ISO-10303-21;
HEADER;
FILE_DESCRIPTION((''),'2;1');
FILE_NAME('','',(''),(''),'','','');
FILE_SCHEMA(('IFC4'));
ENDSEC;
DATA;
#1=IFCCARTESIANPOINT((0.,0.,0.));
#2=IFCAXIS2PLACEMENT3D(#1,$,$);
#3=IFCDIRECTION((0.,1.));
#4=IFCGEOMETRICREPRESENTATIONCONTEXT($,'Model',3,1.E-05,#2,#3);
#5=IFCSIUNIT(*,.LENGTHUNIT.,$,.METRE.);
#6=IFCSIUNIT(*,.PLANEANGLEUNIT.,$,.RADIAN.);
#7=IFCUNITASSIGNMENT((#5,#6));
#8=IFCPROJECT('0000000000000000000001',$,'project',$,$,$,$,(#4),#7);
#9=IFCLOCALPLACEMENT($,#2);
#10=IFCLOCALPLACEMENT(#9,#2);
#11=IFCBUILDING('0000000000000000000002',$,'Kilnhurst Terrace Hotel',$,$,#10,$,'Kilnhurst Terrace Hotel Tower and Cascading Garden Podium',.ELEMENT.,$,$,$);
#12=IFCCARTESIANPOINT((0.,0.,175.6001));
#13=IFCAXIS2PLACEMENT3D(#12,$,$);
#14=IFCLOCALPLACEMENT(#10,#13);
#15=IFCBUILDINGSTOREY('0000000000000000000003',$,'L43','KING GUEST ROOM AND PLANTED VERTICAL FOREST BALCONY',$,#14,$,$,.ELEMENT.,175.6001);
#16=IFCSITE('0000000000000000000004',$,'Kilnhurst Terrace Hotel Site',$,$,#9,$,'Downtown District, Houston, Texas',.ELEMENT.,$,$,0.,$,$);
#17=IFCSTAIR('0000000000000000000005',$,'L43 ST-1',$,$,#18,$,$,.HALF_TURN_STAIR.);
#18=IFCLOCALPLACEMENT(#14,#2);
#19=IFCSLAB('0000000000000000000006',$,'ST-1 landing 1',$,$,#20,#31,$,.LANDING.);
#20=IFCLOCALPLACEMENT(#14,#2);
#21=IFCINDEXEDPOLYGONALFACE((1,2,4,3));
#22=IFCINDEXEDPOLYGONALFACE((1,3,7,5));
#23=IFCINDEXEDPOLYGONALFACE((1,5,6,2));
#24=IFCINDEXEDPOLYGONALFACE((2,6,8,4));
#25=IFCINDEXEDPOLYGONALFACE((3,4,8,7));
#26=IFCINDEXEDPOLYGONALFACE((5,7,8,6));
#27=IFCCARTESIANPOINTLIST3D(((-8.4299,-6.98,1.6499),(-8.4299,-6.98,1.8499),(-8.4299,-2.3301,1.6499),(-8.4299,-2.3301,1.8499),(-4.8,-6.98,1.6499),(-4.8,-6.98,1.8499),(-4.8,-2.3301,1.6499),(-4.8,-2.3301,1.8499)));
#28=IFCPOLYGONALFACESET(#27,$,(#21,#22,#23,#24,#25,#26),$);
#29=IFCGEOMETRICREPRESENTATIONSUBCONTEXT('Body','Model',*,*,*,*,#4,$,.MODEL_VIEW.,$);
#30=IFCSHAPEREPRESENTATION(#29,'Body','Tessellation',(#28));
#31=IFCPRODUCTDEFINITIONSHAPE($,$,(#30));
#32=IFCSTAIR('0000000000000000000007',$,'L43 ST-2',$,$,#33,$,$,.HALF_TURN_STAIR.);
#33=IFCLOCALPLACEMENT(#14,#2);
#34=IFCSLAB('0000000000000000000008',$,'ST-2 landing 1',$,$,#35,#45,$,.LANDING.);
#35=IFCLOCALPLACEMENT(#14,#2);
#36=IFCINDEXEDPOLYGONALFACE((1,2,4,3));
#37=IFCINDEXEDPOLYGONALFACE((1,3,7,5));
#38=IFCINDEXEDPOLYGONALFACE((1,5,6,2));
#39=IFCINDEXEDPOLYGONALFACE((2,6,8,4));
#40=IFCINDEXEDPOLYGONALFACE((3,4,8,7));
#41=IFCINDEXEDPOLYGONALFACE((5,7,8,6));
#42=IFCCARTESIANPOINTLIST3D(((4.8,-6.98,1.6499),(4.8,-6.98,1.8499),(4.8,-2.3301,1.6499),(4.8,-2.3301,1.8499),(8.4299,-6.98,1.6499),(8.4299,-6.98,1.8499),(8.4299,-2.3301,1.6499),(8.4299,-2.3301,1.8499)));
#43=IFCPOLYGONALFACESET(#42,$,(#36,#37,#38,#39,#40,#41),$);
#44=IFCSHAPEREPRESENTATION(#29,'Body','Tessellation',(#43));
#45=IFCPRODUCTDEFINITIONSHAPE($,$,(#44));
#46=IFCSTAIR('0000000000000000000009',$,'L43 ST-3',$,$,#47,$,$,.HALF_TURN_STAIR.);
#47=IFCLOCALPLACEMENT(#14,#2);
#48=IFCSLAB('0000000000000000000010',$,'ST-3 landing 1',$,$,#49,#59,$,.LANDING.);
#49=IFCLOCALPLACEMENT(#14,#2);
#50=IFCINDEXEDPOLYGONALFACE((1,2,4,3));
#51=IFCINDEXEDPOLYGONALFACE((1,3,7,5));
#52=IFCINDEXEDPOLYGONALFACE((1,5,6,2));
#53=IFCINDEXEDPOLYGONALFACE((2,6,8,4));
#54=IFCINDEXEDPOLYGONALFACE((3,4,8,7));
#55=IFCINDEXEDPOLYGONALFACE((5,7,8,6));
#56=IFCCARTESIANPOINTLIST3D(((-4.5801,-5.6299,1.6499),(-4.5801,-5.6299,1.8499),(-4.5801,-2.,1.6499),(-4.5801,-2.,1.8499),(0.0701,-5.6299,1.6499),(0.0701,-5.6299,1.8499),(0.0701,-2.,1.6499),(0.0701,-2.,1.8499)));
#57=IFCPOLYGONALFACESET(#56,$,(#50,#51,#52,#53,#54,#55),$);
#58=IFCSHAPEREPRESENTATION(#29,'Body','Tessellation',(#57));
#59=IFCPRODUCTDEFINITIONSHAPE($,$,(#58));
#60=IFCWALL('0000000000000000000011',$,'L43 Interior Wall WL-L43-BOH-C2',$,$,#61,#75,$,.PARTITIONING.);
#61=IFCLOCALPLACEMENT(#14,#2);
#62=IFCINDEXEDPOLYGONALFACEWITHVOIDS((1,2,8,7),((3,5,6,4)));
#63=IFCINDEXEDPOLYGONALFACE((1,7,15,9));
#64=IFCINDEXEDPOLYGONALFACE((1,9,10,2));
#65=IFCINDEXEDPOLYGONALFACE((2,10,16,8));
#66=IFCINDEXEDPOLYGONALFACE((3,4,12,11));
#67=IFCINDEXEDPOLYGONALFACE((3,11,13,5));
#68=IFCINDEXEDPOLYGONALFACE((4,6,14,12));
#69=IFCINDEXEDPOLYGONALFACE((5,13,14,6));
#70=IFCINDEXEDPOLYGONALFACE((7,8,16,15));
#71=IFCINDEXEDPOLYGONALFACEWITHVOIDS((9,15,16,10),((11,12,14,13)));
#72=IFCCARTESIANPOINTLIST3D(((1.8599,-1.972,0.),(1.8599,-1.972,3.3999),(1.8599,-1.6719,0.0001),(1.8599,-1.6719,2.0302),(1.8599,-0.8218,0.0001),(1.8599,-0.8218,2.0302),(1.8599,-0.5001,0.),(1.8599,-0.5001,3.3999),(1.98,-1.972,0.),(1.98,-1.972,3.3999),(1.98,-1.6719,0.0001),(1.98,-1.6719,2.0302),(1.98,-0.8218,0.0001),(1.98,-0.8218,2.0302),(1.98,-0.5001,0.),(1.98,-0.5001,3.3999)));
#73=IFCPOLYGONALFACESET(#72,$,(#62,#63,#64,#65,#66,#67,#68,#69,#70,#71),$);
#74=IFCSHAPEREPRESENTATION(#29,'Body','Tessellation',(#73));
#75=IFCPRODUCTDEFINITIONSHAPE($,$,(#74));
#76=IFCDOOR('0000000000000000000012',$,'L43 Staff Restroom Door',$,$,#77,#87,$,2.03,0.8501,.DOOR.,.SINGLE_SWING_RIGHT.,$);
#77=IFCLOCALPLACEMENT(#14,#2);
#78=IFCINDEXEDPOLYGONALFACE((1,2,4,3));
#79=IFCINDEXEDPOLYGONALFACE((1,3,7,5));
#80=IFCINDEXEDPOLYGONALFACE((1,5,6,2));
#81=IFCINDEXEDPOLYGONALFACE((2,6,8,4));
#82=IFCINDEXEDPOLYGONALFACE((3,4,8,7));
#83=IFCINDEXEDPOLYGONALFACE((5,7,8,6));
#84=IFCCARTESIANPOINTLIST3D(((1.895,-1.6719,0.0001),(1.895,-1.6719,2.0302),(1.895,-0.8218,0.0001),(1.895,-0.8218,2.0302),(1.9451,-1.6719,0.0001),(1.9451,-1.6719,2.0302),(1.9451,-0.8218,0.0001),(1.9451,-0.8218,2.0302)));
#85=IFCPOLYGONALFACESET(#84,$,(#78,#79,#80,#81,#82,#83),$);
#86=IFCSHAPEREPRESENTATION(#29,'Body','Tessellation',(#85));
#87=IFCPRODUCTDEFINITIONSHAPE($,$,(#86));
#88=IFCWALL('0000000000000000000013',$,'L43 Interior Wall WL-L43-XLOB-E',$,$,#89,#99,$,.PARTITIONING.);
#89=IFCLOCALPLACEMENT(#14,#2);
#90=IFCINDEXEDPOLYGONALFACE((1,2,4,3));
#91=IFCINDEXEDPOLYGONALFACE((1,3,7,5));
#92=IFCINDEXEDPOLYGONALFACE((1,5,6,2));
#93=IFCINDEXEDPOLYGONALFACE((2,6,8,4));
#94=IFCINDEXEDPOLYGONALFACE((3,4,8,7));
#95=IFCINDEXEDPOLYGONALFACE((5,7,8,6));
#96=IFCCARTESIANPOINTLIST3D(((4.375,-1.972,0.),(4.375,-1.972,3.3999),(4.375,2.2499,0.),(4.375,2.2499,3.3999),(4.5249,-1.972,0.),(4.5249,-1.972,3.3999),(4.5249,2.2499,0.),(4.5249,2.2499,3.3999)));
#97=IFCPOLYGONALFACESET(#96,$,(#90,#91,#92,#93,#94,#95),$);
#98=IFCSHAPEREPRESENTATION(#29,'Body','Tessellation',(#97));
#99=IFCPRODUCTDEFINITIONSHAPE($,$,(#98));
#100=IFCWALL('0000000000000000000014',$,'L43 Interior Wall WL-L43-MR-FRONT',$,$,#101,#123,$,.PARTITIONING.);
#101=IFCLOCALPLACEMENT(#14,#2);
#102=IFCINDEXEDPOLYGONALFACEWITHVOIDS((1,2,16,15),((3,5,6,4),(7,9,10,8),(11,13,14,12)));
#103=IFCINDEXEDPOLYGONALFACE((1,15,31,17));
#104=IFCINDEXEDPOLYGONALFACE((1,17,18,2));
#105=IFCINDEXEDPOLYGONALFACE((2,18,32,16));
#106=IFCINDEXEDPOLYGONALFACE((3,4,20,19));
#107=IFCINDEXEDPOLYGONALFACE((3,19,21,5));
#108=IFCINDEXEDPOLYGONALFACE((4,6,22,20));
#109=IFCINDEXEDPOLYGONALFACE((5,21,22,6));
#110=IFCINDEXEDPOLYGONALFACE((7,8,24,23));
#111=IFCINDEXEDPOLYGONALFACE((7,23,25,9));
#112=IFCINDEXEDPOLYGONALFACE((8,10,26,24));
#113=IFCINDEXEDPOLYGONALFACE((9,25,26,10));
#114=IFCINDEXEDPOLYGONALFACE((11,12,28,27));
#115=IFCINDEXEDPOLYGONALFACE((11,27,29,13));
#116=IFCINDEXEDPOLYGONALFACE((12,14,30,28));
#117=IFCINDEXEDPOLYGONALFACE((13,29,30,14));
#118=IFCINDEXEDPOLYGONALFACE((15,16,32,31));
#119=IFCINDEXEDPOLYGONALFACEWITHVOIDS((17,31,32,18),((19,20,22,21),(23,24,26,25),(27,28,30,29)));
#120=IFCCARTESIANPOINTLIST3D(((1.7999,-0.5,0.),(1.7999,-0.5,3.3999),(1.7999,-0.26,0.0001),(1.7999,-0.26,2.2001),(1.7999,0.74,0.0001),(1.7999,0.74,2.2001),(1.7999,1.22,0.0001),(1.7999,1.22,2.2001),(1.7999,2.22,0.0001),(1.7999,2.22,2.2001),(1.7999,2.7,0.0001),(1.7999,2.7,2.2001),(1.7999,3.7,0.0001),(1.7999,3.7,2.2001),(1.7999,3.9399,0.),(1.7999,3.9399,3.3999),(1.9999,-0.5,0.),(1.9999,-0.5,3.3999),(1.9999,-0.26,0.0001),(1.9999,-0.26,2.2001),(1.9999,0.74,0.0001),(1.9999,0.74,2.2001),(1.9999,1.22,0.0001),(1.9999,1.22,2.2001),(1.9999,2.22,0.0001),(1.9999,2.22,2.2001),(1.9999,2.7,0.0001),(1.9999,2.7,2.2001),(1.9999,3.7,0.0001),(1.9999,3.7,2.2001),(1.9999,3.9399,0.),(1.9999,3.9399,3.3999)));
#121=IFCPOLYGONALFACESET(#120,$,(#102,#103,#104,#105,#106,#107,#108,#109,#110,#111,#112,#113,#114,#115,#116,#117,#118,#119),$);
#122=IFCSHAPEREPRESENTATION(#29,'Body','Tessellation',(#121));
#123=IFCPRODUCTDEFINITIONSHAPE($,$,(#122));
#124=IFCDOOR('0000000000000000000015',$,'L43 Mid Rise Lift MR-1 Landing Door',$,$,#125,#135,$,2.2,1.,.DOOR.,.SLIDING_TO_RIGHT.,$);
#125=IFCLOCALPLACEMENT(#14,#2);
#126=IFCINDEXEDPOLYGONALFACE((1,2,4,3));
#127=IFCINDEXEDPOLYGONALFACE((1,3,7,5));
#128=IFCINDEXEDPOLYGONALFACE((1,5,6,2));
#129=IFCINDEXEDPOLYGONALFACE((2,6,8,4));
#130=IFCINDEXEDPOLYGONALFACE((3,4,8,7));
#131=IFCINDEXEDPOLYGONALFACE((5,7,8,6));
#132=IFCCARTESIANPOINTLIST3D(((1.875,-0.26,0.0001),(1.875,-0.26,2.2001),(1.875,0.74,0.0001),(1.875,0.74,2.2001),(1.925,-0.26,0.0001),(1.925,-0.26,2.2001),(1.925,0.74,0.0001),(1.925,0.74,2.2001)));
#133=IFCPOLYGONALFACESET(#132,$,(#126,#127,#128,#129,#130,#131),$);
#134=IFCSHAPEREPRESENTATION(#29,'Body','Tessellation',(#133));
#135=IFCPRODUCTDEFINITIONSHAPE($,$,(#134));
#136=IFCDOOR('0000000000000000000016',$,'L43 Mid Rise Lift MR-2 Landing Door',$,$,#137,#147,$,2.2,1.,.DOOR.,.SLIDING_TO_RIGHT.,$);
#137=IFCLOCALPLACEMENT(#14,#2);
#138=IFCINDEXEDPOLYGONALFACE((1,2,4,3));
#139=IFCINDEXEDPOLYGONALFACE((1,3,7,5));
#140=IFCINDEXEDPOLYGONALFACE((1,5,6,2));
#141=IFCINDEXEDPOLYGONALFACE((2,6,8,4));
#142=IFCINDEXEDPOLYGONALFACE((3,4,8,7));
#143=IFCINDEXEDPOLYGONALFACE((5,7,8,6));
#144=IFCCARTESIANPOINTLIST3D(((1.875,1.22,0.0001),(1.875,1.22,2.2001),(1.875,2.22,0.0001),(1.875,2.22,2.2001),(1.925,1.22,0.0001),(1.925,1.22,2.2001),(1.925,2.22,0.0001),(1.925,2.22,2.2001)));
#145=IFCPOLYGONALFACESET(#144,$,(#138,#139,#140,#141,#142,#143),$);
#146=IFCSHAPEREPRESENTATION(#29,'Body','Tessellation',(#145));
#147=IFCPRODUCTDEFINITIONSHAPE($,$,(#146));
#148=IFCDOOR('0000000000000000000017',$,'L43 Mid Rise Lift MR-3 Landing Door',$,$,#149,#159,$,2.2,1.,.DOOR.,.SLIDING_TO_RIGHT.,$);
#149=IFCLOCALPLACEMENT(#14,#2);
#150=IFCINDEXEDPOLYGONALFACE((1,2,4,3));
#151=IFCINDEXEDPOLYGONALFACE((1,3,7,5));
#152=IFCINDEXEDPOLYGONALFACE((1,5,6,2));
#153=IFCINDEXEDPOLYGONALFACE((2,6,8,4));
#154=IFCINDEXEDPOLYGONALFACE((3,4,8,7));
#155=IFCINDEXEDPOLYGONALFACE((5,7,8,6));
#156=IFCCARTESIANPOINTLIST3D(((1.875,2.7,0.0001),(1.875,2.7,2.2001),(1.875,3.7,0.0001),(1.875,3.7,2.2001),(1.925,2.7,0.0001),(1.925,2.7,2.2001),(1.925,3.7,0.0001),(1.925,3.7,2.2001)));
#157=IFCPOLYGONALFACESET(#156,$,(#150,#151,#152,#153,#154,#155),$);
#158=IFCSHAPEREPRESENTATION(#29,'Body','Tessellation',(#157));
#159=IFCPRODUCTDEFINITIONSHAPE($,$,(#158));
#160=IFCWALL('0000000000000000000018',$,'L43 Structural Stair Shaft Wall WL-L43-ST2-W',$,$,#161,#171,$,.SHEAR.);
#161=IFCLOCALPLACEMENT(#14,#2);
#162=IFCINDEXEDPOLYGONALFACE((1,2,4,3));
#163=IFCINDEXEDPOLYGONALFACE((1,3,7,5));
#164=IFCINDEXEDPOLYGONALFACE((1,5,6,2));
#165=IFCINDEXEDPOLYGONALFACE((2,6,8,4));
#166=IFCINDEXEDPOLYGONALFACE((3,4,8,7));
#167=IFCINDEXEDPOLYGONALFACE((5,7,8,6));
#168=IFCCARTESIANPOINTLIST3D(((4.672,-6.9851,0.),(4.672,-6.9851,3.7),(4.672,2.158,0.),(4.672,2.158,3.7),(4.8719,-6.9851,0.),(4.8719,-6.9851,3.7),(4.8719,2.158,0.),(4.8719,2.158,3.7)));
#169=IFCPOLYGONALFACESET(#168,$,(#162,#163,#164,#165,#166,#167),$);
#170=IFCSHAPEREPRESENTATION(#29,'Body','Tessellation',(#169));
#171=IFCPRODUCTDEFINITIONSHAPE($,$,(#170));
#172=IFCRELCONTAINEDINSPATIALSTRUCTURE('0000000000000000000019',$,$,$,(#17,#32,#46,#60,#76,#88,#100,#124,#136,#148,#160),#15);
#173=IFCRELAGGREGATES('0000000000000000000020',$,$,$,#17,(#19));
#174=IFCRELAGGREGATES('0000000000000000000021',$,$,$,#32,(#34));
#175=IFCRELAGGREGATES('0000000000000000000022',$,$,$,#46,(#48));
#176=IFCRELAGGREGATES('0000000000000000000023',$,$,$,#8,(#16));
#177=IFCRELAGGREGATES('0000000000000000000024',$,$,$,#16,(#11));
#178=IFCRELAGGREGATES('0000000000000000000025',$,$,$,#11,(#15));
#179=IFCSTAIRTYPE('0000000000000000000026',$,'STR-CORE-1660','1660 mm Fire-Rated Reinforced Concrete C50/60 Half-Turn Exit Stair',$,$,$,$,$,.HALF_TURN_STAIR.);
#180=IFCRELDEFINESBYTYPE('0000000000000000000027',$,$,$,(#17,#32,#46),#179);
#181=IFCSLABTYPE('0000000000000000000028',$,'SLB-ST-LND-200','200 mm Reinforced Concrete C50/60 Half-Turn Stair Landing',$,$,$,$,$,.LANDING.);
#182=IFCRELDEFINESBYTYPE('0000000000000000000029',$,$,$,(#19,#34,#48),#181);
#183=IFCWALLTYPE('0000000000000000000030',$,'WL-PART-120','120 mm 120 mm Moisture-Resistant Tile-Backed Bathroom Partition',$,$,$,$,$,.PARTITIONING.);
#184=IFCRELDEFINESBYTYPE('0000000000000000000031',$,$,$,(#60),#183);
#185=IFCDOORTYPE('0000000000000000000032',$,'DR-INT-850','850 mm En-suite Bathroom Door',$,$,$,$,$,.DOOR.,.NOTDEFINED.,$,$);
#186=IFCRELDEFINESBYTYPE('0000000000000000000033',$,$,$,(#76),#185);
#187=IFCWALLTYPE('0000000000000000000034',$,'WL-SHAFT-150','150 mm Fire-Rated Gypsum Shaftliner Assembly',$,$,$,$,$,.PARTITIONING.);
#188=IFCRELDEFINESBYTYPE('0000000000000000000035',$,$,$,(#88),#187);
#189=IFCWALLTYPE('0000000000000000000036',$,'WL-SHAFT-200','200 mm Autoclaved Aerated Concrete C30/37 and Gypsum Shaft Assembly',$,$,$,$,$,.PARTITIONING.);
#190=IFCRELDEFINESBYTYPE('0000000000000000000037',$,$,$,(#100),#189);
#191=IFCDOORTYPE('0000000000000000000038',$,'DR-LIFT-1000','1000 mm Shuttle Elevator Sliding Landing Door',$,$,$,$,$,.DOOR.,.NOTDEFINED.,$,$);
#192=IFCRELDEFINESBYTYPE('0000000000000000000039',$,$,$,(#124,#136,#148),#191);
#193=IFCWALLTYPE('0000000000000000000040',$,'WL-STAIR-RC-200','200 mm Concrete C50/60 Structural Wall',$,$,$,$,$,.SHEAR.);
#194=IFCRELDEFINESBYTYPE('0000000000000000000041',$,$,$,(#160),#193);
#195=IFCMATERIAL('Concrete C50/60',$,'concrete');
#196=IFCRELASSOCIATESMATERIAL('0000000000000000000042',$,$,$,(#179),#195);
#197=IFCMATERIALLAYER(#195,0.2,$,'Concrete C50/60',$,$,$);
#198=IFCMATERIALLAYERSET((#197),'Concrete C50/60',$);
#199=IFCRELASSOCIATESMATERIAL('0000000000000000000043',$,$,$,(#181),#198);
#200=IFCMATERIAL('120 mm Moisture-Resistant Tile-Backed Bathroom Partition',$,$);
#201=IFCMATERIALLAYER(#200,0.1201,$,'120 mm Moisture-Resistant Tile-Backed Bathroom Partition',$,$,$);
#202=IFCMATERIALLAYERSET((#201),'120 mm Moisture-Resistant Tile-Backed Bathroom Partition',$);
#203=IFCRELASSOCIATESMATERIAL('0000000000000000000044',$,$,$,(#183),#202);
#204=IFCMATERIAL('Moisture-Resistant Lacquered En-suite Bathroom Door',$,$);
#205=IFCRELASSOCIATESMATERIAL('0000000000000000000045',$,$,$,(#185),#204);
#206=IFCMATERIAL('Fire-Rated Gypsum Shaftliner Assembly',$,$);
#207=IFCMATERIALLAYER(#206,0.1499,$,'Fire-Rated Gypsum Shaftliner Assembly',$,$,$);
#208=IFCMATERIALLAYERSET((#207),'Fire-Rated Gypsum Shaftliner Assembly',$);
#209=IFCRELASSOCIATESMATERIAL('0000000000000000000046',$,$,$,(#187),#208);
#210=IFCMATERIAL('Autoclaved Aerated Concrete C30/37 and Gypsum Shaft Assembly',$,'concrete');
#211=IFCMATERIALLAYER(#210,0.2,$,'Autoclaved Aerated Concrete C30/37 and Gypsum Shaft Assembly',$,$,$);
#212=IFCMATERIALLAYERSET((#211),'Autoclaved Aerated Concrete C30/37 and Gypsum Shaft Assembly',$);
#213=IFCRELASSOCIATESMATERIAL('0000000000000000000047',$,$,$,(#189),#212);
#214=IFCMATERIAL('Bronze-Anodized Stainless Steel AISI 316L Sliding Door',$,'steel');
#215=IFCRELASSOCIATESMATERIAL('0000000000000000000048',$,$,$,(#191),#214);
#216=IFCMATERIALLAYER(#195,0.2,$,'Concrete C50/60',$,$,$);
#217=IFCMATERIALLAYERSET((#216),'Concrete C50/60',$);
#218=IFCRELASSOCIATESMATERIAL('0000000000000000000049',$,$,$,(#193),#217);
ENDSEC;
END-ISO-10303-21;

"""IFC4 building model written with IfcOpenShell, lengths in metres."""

from ifc_helpers import new_model, si_unit, direction, frame, frame_2d, origin, place, context, subcontext, project, spatial, polyline, rectangle, outline, extrude, material, layer, layer_set, type_object, element, fill, aggregate, save


model = new_model("IFC4")

# Units and contexts
model_context = context("Model", 3, precision=1e-05, world=origin(), true_north=direction((0.0, 1.0)))
body_context = subcontext(model_context, "Body", "Model", "MODEL_VIEW")
ifc_project = project(units=[si_unit("LENGTHUNIT", "METRE"), si_unit("PLANEANGLEUNIT", "RADIAN")], contexts=[model_context])

# Site, building, storey
site_placement = place(None, origin())
site = spatial("IfcSite", under=ifc_project, at=site_placement, Name="Kilnhurst Terrace Hotel Site", LongName="Downtown District, Houston, Texas", CompositionType="ELEMENT", RefElevation=0.0)
building_placement = place(site_placement, origin())
building = spatial("IfcBuilding", under=site, at=building_placement, Name="Kilnhurst Terrace Hotel", LongName="Kilnhurst Terrace Hotel Tower and Cascading Garden Podium", CompositionType="ELEMENT")
storey_placement = place(building_placement, frame((0.0, 0.0, 175.6001)))
storey = spatial("IfcBuildingStorey", under=building, at=storey_placement, Name="L43", Description="KING GUEST ROOM AND PLANTED VERTICAL FOREST BALCONY", CompositionType="ELEMENT", Elevation=175.6001)

# Stairs, slabs
ifc_material_1 = material(Name="Concrete C50/60", Category="concrete")
stair_type = type_object("IfcStairType", Name="STR-CORE-1660", Description="1660 mm Fire-Rated Reinforced Concrete C50/60 Half-Turn Exit Stair", PredefinedType="HALF_TURN_STAIR", material=ifc_material_1)
stair_1_placement = place(storey_placement, origin())
stair_1 = element("IfcStair", 1, at=stair_1_placement, inside=storey, type_object=stair_type, Name="L43 ST-1", PredefinedType="HALF_TURN_STAIR")
ifc_layer_1 = layer(ifc_material_1, 0.2, Name="Concrete C50/60")
ifc_layer_set_1 = layer_set([ifc_layer_1], Name="Concrete C50/60")
slab_type = type_object("IfcSlabType", Name="SLB-ST-LND-200", Description="200 mm Reinforced Concrete C50/60 Half-Turn Stair Landing", PredefinedType="LANDING", material=ifc_layer_set_1)
slab_1_placement = place(storey_placement, frame((0.0, 0.0, 1.6499)))
slab_1 = element("IfcSlab", 2, at=slab_1_placement, type_object=slab_type, Name="ST-1 landing 1", PredefinedType="LANDING", context=body_context, shape_type="SweptSolid", body=[
    extrude(outline(polyline([(-8.4299, -2.3301), (-4.8, -2.3301), (-4.8, -6.98), (-8.4299, -6.98), (-8.4299, -2.3301)])), origin(), (0.0, 0.0, 1.0), 0.2),
])
aggregate(stair_1, [slab_1])
stair_2_placement = place(storey_placement, origin())
stair_2 = element("IfcStair", 3, at=stair_2_placement, inside=storey, type_object=stair_type, Name="L43 ST-2", PredefinedType="HALF_TURN_STAIR")
slab_2_placement = place(storey_placement, frame((0.0, 0.0, 1.6499)))
slab_2 = element("IfcSlab", 4, at=slab_2_placement, type_object=slab_type, Name="ST-2 landing 1", PredefinedType="LANDING", context=body_context, shape_type="SweptSolid", body=[
    extrude(outline(polyline([(4.8, -2.3301), (8.4299, -2.3301), (8.4299, -6.98), (4.8, -6.98), (4.8, -2.3301)])), origin(), (0.0, 0.0, 1.0), 0.2),
])
stair_3_placement = place(storey_placement, origin())
stair_3 = element("IfcStair", 5, at=stair_3_placement, inside=storey, type_object=stair_type, Name="L43 ST-3", PredefinedType="HALF_TURN_STAIR")
slab_3_placement = place(storey_placement, frame((0.0, 0.0, 1.6499)))
slab_3 = element("IfcSlab", 6, at=slab_3_placement, type_object=slab_type, Name="ST-3 landing 1", PredefinedType="LANDING", context=body_context, shape_type="SweptSolid", body=[
    extrude(outline(polyline([(0.0701, -2.0), (0.0701, -5.6299), (-4.5801, -5.6299), (-4.5801, -2.0), (0.0701, -2.0)])), origin(), (0.0, 0.0, 1.0), 0.2),
])

# Wall, opening, door
ifc_material_2 = material(Name="120 mm Moisture-Resistant Tile-Backed Bathroom Partition")
ifc_layer_2 = layer(ifc_material_2, 0.1201, Name="120 mm Moisture-Resistant Tile-Backed Bathroom Partition")
ifc_layer_set_2 = layer_set([ifc_layer_2], Name="120 mm Moisture-Resistant Tile-Backed Bathroom Partition")
wall_type_1 = type_object("IfcWallType", Name="WL-PART-120", Description="120 mm 120 mm Moisture-Resistant Tile-Backed Bathroom Partition", PredefinedType="PARTITIONING", material=ifc_layer_set_2)
wall_1_placement = place(storey_placement, frame((1.9199, -1.9719, 0.0), z_axis=(0.0, 0.0, 1.0), x_axis=(0.0, 1.0, 0.0)))
wall_1 = element("IfcWall", 7, at=wall_1_placement, inside=storey, type_object=wall_type_1, Name="L43 Interior Wall WL-L43-BOH-C2", PredefinedType="PARTITIONING", context=body_context, shape_type="SweptSolid", body=[
    extrude(rectangle(XDim=1.4719, YDim=0.1201, at=frame_2d((0.7358, 0.0))), origin(), (0.0, 0.0, 1.0), 3.3999),
])
opening_1_placement = place(wall_1_placement, frame((0.3, 0.0, 0.0)))
opening_1 = element("IfcOpeningElement", 8, at=opening_1_placement, cuts=wall_1, PredefinedType="OPENING", context=body_context, shape_type="SweptSolid", body=[
    extrude(rectangle(XDim=0.8501, YDim=2.03, at=frame_2d((0.425, 1.0151))), frame((0.0, 0.0701, 0.0), z_axis=(0.0, -1.0, 0.0), x_axis=(1.0, 0.0, 0.0)), (0.0, 0.0, 1.0), 0.1401),
])
ifc_material_3 = material(Name="Moisture-Resistant Lacquered En-suite Bathroom Door")
door_type_1 = type_object("IfcDoorType", Name="DR-INT-850", Description="850 mm En-suite Bathroom Door", OperationType="NOTDEFINED", PredefinedType="DOOR", material=ifc_material_3)
door_1_placement = place(opening_1_placement, origin())
door_1 = element("IfcDoor", 9, at=door_1_placement, inside=storey, type_object=door_type_1, Name="L43 Staff Restroom Door", OperationType="SINGLE_SWING_RIGHT", OverallHeight=2.03, OverallWidth=0.8501, PredefinedType="DOOR", context=body_context, shape_type="SweptSolid", body=[
    extrude(rectangle(XDim=0.8501, YDim=2.03, at=frame_2d((0.425, 1.0151))), frame((0.0, 0.0249, 0.0), z_axis=(0.0, -1.0, 0.0), x_axis=(1.0, 0.0, 0.0)), (0.0, 0.0, 1.0), 0.05),
])
fill(opening_1, door_1)

# Wall
ifc_material_4 = material(Name="Fire-Rated Gypsum Shaftliner Assembly")
ifc_layer_3 = layer(ifc_material_4, 0.1499, Name="Fire-Rated Gypsum Shaftliner Assembly")
ifc_layer_set_3 = layer_set([ifc_layer_3], Name="Fire-Rated Gypsum Shaftliner Assembly")
wall_type_2 = type_object("IfcWallType", Name="WL-SHAFT-150", Description="150 mm Fire-Rated Gypsum Shaftliner Assembly", PredefinedType="PARTITIONING", material=ifc_layer_set_3)
wall_2_placement = place(storey_placement, frame((4.45, -1.9719, 0.0), z_axis=(0.0, 0.0, 1.0), x_axis=(0.0, 1.0, 0.0)))
element("IfcWall", 10, at=wall_2_placement, inside=storey, type_object=wall_type_2, Name="L43 Interior Wall WL-L43-XLOB-E", PredefinedType="PARTITIONING", context=body_context, shape_type="SweptSolid", body=[
    extrude(rectangle(XDim=4.2219, YDim=0.1499, at=frame_2d((2.1108, 0.0))), origin(), (0.0, 0.0, 1.0), 3.3999),
])

# Wall, openings, doors
ifc_material_5 = material(Name="Autoclaved Aerated Concrete C30/37 and Gypsum Shaft Assembly", Category="concrete")
ifc_layer_4 = layer(ifc_material_5, 0.2, Name="Autoclaved Aerated Concrete C30/37 and Gypsum Shaft Assembly")
ifc_layer_set_4 = layer_set([ifc_layer_4], Name="Autoclaved Aerated Concrete C30/37 and Gypsum Shaft Assembly")
wall_type_3 = type_object("IfcWallType", Name="WL-SHAFT-200", Description="200 mm Autoclaved Aerated Concrete C30/37 and Gypsum Shaft Assembly", PredefinedType="PARTITIONING", material=ifc_layer_set_4)
wall_3_placement = place(storey_placement, frame((1.8999, -0.5, 0.0), z_axis=(0.0, 0.0, 1.0), x_axis=(0.0, 1.0, 0.0)))
wall_3 = element("IfcWall", 11, at=wall_3_placement, inside=storey, type_object=wall_type_3, Name="L43 Interior Wall WL-L43-MR-FRONT", PredefinedType="PARTITIONING", context=body_context, shape_type="SweptSolid", body=[
    extrude(rectangle(XDim=4.4399, YDim=0.2, at=frame_2d((2.22, 0.0))), origin(), (0.0, 0.0, 1.0), 3.3999),
])
opening_2_placement = place(wall_3_placement, frame((0.24, 0.0, 0.0)))
opening_2 = element("IfcOpeningElement", 12, at=opening_2_placement, cuts=wall_3, PredefinedType="OPENING", context=body_context, shape_type="SweptSolid", body=[
    extrude(rectangle(XDim=1.0, YDim=2.2, at=frame_2d((0.5, 1.1001))), frame((0.0, 0.1099, 0.0), z_axis=(0.0, -1.0, 0.0), x_axis=(1.0, 0.0, 0.0)), (0.0, 0.0, 1.0), 0.22),
])
opening_3_placement = place(wall_3_placement, frame((1.72, 0.0, 0.0)))
opening_3 = element("IfcOpeningElement", 13, at=opening_3_placement, cuts=wall_3, PredefinedType="OPENING", context=body_context, shape_type="SweptSolid", body=[
    extrude(rectangle(XDim=1.0, YDim=2.2, at=frame_2d((0.5, 1.1001))), frame((0.0, 0.1099, 0.0), z_axis=(0.0, -1.0, 0.0), x_axis=(1.0, 0.0, 0.0)), (0.0, 0.0, 1.0), 0.22),
])
opening_4_placement = place(wall_3_placement, frame((3.2, 0.0, 0.0)))
opening_4 = element("IfcOpeningElement", 14, at=opening_4_placement, cuts=wall_3, PredefinedType="OPENING", context=body_context, shape_type="SweptSolid", body=[
    extrude(rectangle(XDim=1.0, YDim=2.2, at=frame_2d((0.5, 1.1001))), frame((0.0, 0.1099, 0.0), z_axis=(0.0, -1.0, 0.0), x_axis=(1.0, 0.0, 0.0)), (0.0, 0.0, 1.0), 0.22),
])
ifc_material_6 = material(Name="Bronze-Anodized Stainless Steel AISI 316L Sliding Door", Category="steel")
door_type_2 = type_object("IfcDoorType", Name="DR-LIFT-1000", Description="1000 mm Shuttle Elevator Sliding Landing Door", OperationType="NOTDEFINED", PredefinedType="DOOR", material=ifc_material_6)
door_2_placement = place(opening_2_placement, origin())
door_2 = element("IfcDoor", 15, at=door_2_placement, inside=storey, type_object=door_type_2, Name="L43 Mid Rise Lift MR-1 Landing Door", OperationType="SLIDING_TO_RIGHT", OverallHeight=2.2, OverallWidth=1.0, PredefinedType="DOOR", context=body_context, shape_type="SweptSolid", body=[
    extrude(rectangle(XDim=1.0, YDim=2.2, at=frame_2d((0.5, 1.1001))), frame((0.0, 0.0249, 0.0), z_axis=(0.0, -1.0, 0.0), x_axis=(1.0, 0.0, 0.0)), (0.0, 0.0, 1.0), 0.05),
])
fill(opening_2, door_2)
door_3_placement = place(opening_3_placement, origin())
door_3 = element("IfcDoor", 16, at=door_3_placement, inside=storey, type_object=door_type_2, Name="L43 Mid Rise Lift MR-2 Landing Door", OperationType="SLIDING_TO_RIGHT", OverallHeight=2.2, OverallWidth=1.0, PredefinedType="DOOR", context=body_context, shape_type="SweptSolid", body=[
    extrude(rectangle(XDim=1.0, YDim=2.2, at=frame_2d((0.5, 1.1001))), frame((0.0, 0.0249, 0.0), z_axis=(0.0, -1.0, 0.0), x_axis=(1.0, 0.0, 0.0)), (0.0, 0.0, 1.0), 0.05),
])
fill(opening_3, door_3)
door_4_placement = place(opening_4_placement, origin())
door_4 = element("IfcDoor", 17, at=door_4_placement, inside=storey, type_object=door_type_2, Name="L43 Mid Rise Lift MR-3 Landing Door", OperationType="SLIDING_TO_RIGHT", OverallHeight=2.2, OverallWidth=1.0, PredefinedType="DOOR", context=body_context, shape_type="SweptSolid", body=[
    extrude(rectangle(XDim=1.0, YDim=2.2, at=frame_2d((0.5, 1.1001))), frame((0.0, 0.0249, 0.0), z_axis=(0.0, -1.0, 0.0), x_axis=(1.0, 0.0, 0.0)), (0.0, 0.0, 1.0), 0.05),
])
fill(opening_4, door_4)

# Wall
ifc_layer_5 = layer(ifc_material_1, 0.2, Name="Concrete C50/60")
ifc_layer_set_5 = layer_set([ifc_layer_5], Name="Concrete C50/60")
wall_type_4 = type_object("IfcWallType", Name="WL-STAIR-RC-200", Description="200 mm Concrete C50/60 Structural Wall", PredefinedType="SHEAR", material=ifc_layer_set_5)
wall_4_placement = place(storey_placement, frame((4.772, -6.9851, 0.0), z_axis=(0.0, 0.0, 1.0), x_axis=(0.0, 1.0, 0.0)))
element("IfcWall", 18, at=wall_4_placement, inside=storey, type_object=wall_type_4, Name="L43 Structural Stair Shaft Wall WL-L43-ST2-W", PredefinedType="SHEAR", context=body_context, shape_type="SweptSolid", body=[
    extrude(rectangle(XDim=9.1431, YDim=0.2, at=frame_2d((4.5715, 0.0))), origin(), (0.0, 0.0, 1.0), 3.7),
])

aggregate(stair_2, [slab_2])
aggregate(stair_3, [slab_3])

save(model, "model.ifc")
